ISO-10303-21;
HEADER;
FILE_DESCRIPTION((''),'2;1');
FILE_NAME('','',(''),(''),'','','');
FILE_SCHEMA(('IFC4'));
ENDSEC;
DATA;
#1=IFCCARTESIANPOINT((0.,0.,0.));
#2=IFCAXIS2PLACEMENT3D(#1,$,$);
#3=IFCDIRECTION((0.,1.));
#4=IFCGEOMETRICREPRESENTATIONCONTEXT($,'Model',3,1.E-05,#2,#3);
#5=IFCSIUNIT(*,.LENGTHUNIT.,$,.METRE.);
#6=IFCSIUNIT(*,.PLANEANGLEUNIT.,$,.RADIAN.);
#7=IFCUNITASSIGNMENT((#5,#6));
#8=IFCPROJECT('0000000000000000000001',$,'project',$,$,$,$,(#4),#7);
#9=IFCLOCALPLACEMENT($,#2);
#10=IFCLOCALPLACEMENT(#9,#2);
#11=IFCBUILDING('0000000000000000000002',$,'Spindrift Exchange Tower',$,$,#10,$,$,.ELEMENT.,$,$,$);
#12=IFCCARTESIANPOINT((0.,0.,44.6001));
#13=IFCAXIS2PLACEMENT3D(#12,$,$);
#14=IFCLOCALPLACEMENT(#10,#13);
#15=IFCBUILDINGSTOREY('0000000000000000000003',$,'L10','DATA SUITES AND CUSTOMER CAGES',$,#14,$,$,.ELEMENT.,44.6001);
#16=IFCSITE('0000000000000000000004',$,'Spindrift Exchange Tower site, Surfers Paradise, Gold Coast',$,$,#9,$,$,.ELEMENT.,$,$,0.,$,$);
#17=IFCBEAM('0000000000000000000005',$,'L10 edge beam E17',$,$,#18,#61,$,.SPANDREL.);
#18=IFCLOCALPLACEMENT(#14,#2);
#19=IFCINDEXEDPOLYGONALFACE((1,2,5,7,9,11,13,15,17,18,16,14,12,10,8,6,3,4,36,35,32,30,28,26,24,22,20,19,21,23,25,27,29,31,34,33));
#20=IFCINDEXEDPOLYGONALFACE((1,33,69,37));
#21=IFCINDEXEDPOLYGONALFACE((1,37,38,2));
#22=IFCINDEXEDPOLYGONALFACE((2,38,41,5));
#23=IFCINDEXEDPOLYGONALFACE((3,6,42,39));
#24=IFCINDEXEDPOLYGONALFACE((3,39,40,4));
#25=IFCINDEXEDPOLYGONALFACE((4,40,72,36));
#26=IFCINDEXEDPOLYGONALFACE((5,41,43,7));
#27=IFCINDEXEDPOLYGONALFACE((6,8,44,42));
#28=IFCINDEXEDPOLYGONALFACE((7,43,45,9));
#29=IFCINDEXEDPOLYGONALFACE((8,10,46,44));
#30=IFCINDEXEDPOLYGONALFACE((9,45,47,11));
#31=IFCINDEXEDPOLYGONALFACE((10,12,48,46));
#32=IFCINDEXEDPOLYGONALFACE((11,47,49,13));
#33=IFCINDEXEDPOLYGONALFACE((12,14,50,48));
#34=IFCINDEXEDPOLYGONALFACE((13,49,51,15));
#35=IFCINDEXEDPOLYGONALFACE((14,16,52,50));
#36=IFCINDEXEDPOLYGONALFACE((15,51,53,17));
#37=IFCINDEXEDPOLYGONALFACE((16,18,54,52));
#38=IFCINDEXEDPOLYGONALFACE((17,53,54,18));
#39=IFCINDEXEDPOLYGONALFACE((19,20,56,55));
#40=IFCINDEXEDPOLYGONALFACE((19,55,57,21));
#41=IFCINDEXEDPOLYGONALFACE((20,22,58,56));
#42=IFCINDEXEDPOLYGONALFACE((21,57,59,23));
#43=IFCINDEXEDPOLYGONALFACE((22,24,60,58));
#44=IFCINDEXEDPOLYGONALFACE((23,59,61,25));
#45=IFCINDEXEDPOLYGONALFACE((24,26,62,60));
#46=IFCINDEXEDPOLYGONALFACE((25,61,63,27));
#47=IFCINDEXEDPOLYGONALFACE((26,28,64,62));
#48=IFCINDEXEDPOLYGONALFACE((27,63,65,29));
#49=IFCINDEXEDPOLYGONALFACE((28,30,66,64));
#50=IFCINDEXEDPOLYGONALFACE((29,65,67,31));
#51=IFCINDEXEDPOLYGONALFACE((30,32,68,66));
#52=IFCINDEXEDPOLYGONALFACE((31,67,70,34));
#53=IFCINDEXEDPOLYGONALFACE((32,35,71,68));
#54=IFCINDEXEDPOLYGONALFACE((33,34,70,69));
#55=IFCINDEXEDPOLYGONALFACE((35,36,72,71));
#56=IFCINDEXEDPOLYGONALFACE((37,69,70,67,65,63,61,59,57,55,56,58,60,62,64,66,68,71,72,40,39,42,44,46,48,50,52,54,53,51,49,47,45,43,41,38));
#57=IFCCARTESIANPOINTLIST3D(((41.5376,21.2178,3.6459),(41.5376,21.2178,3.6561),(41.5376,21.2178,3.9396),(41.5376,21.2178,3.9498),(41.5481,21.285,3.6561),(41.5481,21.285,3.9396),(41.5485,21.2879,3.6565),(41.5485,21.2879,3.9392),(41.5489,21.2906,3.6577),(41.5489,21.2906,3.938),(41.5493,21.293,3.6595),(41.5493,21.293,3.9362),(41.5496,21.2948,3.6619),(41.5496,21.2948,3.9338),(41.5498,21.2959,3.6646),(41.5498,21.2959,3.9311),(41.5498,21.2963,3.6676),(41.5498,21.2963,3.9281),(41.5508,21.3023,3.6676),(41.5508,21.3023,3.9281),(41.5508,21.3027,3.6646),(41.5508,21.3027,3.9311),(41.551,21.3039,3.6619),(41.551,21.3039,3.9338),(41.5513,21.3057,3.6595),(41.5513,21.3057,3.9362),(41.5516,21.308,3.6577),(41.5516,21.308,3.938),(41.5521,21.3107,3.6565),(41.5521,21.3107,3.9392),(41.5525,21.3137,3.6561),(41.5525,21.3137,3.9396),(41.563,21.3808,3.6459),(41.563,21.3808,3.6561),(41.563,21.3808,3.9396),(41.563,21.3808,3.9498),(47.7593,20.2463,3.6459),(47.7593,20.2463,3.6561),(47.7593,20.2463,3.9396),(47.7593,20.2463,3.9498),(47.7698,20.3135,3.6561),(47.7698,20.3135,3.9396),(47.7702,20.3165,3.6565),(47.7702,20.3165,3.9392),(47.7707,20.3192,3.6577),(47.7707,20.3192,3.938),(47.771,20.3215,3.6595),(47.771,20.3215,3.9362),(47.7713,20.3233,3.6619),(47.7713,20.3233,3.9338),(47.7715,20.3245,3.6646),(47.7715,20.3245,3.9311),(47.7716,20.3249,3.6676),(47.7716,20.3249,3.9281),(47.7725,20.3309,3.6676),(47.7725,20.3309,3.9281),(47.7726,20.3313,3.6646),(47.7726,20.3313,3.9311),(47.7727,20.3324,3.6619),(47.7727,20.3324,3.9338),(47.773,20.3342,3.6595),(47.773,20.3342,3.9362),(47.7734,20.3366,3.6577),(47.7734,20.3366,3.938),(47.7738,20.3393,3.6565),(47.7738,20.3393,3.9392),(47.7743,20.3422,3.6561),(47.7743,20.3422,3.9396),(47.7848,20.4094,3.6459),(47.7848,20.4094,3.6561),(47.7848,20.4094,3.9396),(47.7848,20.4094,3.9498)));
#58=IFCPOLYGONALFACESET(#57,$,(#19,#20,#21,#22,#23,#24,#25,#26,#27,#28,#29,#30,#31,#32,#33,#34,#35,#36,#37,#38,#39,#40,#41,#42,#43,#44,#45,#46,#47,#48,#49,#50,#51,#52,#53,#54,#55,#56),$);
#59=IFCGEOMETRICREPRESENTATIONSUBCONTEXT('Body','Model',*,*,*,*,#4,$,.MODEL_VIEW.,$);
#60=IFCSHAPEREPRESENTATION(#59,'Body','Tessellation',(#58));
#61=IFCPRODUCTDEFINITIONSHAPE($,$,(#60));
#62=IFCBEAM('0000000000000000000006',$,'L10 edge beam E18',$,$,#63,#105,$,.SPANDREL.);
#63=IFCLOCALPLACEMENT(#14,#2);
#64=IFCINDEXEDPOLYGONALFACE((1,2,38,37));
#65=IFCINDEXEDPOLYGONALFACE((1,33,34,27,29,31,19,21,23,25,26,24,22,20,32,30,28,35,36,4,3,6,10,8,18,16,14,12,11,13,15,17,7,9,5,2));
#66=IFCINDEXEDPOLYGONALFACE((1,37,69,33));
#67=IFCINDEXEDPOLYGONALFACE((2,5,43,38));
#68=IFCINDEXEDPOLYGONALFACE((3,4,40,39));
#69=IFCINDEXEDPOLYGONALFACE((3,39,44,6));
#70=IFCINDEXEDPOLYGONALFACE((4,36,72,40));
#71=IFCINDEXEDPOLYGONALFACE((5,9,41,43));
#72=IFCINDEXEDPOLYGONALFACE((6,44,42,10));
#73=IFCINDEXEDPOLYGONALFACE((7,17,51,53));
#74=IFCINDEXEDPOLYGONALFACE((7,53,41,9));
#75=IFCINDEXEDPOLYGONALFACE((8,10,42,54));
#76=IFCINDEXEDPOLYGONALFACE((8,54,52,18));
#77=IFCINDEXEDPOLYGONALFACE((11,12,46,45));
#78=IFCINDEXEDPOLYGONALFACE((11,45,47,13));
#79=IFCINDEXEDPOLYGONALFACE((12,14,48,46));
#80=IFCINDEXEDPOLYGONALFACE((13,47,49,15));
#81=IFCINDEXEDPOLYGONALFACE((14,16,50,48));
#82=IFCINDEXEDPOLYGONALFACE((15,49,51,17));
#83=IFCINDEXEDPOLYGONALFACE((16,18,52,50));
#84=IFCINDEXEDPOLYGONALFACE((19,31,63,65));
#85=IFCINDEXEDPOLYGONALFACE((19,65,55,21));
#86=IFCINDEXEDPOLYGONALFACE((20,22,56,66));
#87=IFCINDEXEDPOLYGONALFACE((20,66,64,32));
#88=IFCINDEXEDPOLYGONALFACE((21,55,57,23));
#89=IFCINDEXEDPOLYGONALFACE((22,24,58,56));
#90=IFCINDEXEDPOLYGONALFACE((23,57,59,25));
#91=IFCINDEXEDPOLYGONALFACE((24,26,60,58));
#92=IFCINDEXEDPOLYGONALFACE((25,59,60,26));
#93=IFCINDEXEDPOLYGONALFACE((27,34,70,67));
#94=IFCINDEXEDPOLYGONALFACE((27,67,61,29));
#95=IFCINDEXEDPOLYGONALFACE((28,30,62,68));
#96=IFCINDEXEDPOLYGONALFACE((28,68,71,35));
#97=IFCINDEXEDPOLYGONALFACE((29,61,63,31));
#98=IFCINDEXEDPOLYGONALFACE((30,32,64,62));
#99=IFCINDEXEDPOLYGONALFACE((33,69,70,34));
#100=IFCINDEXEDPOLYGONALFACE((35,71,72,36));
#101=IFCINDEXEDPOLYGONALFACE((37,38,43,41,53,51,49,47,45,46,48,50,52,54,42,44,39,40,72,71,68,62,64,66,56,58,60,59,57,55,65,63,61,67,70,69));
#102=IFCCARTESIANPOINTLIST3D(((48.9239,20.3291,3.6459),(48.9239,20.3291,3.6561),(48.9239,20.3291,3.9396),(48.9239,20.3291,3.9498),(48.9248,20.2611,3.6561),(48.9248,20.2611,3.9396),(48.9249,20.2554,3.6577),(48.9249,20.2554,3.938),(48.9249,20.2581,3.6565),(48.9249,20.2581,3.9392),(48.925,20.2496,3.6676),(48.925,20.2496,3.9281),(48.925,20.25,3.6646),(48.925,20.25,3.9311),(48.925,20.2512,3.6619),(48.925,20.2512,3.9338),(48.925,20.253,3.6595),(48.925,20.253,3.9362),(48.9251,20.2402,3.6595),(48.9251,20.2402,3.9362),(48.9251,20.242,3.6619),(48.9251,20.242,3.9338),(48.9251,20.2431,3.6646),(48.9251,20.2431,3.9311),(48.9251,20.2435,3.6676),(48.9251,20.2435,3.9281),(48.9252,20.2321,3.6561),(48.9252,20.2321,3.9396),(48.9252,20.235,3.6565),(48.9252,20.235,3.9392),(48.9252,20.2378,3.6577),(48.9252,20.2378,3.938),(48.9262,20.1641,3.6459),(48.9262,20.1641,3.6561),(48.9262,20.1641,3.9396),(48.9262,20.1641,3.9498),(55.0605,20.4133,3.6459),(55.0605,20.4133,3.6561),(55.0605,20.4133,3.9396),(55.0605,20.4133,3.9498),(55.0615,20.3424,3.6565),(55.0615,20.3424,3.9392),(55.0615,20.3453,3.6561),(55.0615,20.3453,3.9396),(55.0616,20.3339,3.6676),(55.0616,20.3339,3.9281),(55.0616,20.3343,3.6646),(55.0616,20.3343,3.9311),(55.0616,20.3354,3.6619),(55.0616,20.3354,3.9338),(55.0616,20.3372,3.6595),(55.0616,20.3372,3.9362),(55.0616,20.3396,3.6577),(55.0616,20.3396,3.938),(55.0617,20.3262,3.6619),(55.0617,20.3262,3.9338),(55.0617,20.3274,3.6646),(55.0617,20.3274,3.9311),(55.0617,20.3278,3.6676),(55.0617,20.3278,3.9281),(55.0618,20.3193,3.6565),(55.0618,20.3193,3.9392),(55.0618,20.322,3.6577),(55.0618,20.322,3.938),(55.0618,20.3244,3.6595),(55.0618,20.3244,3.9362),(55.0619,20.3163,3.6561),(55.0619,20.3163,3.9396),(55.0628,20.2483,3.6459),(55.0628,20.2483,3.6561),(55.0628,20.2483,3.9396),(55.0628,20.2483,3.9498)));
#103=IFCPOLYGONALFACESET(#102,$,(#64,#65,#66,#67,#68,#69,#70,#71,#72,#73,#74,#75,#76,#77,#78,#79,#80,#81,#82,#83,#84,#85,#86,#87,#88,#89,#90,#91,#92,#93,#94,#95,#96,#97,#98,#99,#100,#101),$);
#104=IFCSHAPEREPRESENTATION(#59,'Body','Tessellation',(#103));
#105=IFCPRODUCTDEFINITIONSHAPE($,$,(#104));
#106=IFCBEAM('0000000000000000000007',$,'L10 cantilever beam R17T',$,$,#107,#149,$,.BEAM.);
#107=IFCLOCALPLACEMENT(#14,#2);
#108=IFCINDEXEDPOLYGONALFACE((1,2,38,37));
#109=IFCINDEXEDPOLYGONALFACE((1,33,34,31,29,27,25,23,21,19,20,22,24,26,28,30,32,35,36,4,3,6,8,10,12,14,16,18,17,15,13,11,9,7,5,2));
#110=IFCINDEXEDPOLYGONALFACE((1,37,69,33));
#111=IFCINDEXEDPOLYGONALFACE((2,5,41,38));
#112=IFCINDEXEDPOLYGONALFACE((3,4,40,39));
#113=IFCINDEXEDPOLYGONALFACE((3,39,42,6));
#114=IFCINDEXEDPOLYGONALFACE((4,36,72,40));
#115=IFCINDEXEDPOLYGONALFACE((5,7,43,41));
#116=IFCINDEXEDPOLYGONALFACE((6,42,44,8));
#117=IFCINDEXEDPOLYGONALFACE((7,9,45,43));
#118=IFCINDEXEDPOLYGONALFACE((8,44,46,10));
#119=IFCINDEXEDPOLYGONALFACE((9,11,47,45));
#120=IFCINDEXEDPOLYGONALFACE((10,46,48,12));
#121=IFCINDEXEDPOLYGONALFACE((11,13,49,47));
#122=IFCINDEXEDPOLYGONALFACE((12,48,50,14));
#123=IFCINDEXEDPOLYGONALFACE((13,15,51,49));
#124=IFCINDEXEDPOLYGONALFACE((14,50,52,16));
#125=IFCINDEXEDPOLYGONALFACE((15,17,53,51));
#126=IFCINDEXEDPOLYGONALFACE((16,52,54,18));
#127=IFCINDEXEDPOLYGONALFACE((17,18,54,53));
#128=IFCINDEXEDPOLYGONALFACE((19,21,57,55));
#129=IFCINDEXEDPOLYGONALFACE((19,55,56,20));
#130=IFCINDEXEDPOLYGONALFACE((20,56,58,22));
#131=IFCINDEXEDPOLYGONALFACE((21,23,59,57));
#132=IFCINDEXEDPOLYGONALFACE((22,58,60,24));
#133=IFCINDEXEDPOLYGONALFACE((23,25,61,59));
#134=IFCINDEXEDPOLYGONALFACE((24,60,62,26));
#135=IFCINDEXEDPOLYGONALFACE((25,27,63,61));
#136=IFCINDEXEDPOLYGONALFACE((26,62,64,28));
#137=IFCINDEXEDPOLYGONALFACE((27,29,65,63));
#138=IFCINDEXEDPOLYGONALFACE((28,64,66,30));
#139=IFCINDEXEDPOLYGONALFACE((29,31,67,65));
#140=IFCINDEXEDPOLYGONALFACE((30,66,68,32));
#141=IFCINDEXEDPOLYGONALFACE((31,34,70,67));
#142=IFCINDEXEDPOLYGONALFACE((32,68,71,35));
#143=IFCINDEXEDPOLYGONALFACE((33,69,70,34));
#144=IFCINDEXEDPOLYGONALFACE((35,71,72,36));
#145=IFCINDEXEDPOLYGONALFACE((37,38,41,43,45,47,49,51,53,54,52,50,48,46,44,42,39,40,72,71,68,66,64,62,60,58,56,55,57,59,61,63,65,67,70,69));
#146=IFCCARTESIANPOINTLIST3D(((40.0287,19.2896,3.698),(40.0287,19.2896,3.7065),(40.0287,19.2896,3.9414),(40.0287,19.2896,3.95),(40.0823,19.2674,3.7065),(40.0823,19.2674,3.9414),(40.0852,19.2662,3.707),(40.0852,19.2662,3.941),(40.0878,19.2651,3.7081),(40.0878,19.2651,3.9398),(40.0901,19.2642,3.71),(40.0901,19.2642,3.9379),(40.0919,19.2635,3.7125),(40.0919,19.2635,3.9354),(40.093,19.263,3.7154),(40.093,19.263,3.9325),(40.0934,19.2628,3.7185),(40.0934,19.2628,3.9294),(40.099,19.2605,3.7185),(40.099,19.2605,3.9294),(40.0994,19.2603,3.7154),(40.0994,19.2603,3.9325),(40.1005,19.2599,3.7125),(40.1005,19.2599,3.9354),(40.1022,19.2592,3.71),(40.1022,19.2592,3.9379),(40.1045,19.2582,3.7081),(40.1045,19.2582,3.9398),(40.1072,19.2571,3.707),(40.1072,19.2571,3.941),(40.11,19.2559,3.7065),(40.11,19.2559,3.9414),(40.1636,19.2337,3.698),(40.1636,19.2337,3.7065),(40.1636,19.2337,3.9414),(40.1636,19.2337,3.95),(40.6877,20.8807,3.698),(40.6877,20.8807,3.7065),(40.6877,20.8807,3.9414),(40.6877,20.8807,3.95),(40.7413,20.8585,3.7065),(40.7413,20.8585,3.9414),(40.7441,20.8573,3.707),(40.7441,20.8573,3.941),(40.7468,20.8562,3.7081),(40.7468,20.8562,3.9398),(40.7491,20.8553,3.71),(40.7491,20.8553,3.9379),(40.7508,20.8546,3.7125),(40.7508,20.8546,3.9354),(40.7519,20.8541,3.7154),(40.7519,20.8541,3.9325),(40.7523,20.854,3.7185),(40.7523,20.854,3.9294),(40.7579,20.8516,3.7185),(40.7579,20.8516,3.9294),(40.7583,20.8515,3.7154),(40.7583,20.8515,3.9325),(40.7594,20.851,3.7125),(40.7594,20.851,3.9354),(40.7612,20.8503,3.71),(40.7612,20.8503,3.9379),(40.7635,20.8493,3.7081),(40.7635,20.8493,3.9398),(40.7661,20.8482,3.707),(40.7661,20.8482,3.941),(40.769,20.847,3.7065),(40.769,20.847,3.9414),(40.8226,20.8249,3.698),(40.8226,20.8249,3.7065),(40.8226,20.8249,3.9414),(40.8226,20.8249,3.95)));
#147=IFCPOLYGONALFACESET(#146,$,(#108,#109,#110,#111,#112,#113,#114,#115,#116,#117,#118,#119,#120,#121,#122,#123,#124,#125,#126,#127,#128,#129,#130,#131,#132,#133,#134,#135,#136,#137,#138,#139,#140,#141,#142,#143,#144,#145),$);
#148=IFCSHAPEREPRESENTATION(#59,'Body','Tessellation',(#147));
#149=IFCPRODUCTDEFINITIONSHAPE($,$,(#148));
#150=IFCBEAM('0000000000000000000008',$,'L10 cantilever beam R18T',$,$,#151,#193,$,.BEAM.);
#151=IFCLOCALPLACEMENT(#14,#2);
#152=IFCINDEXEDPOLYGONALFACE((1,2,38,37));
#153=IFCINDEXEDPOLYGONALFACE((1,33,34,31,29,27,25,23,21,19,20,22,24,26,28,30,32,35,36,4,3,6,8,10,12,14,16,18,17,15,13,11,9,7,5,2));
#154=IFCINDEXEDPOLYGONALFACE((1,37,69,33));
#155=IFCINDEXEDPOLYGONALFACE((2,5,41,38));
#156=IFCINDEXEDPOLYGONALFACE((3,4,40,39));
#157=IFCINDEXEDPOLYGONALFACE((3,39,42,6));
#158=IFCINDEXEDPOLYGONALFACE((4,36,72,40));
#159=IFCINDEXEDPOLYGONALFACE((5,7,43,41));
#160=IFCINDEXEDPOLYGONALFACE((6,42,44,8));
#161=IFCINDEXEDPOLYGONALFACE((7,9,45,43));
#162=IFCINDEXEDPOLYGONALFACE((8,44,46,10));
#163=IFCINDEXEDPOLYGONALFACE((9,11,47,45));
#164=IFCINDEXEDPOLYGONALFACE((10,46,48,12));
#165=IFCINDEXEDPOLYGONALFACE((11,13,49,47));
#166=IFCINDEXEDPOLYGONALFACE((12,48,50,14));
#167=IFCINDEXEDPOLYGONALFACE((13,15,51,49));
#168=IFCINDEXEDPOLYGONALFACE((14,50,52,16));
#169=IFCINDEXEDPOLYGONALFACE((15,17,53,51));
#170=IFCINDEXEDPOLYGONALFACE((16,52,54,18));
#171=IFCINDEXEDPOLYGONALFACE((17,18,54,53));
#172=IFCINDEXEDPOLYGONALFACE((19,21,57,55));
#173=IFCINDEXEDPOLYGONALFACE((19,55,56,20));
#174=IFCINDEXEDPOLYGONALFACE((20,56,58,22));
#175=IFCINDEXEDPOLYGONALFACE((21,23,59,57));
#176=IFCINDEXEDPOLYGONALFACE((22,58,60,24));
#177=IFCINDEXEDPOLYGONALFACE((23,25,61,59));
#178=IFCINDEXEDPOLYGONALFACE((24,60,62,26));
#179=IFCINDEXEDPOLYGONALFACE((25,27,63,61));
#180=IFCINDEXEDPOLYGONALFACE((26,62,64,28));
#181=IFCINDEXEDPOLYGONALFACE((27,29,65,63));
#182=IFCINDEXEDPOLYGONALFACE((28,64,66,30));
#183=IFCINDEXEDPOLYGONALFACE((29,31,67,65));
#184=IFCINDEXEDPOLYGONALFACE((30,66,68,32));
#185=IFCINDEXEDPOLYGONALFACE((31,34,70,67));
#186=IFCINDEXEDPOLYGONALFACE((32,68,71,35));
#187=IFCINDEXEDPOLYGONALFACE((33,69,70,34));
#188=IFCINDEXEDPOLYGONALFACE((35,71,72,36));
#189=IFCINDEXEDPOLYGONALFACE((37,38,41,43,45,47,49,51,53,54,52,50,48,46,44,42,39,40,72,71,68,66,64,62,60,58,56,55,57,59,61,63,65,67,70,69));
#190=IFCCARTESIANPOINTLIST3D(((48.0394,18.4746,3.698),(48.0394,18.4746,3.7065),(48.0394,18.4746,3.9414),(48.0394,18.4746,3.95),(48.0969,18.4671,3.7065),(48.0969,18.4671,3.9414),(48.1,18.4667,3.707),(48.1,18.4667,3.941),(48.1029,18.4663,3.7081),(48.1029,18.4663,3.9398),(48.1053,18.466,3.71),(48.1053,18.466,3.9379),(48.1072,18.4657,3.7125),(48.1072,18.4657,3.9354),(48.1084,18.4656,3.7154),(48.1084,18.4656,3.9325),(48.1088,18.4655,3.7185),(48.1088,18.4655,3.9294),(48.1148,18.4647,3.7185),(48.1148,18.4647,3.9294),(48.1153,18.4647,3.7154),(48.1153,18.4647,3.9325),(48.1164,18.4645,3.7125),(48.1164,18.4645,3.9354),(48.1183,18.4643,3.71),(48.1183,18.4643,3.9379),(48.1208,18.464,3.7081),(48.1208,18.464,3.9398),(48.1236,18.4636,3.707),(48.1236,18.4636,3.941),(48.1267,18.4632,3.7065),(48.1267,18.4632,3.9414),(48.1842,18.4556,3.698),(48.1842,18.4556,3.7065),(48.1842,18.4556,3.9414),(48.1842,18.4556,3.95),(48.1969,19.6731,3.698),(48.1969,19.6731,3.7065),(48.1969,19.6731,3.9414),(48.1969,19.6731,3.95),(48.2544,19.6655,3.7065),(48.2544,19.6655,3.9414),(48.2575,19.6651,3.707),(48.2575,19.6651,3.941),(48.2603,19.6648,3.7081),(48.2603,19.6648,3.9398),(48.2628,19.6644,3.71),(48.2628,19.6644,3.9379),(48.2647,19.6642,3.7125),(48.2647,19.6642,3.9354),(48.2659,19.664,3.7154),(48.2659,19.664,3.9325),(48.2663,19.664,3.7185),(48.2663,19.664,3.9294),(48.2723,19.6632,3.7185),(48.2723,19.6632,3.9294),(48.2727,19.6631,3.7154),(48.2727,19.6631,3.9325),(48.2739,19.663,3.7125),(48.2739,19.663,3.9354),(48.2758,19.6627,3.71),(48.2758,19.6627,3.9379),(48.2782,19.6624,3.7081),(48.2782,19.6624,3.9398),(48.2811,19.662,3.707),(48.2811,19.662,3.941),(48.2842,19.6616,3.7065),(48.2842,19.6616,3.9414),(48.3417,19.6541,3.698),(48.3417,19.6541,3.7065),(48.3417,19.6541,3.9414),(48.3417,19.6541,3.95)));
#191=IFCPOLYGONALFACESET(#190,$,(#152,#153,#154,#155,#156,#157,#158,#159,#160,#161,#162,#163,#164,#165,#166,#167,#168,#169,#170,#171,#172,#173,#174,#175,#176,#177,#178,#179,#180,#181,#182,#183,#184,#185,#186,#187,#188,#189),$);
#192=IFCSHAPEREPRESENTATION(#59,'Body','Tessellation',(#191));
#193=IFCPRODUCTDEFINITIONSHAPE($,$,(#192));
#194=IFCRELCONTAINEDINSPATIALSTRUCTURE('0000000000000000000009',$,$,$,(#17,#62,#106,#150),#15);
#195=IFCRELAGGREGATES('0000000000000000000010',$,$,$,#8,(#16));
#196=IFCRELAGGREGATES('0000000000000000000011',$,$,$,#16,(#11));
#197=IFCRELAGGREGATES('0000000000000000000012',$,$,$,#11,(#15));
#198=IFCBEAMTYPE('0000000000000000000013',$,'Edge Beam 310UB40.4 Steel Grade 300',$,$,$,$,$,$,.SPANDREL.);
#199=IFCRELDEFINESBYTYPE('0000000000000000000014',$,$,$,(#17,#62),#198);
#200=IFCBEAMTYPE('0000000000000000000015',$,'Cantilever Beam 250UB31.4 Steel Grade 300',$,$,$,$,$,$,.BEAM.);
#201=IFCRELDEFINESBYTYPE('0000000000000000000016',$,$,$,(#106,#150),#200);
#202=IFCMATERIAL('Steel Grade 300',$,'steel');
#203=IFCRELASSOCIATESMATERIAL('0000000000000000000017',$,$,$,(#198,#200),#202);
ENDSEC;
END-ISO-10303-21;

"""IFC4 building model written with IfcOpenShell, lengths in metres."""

from ifc_helpers import new_model, si_unit, direction, frame, origin, origin_2d, place, context, subcontext, project, spatial, i_section, extrude, source, transform, mapped, material, material_profile, profile_set, type_object, element, save


model = new_model("IFC4")

# Units and contexts
model_context = context("Model", 3, precision=1e-05, world=origin(), true_north=direction((0.0, 1.0)))
body_context = subcontext(model_context, "Body", "Model", "MODEL_VIEW")
ifc_project = project(units=[si_unit("LENGTHUNIT", "METRE"), si_unit("PLANEANGLEUNIT", "RADIAN")], contexts=[model_context])

# Site, building, storey
site_placement = place(None, origin())
site = spatial("IfcSite", under=ifc_project, at=site_placement, Name="Spindrift Exchange Tower site, Surfers Paradise, Gold Coast", CompositionType="ELEMENT", RefElevation=0.0)
building_placement = place(site_placement, origin())
building = spatial("IfcBuilding", under=site, at=building_placement, Name="Spindrift Exchange Tower", CompositionType="ELEMENT")
storey_placement = place(building_placement, frame((0.0, 0.0, 44.6001)))
storey = spatial("IfcBuildingStorey", under=building, at=storey_placement, Name="L10", Description="DATA SUITES AND CUSTOMER CAGES", CompositionType="ELEMENT", Elevation=44.6001)

# Beams
ifc_material_1 = material(Name="Steel Grade 300", Category="steel")
ifc_material_profile_1 = material_profile(ifc_material_1, i_section(OverallWidth=0.165, OverallDepth=0.304, WebThickness=0.0061, FlangeThickness=0.0103, FilletRadius=0.0115, at=origin_2d()), Name="310UB40.4")
ifc_profile_set_1 = profile_set([ifc_material_profile_1], Name="Steel Grade 300")
beam_type_1 = type_object("IfcBeamType", Name="Edge Beam 310UB40.4 Steel Grade 300", PredefinedType="SPANDREL", material=ifc_profile_set_1)
shared_shape_1 = source(origin(), body_context, "Body", "SweptSolid", [
    extrude(i_section(OverallWidth=0.165, OverallDepth=0.304, WebThickness=0.0061, FlangeThickness=0.0103, FilletRadius=0.0115, at=origin_2d()), origin(), (0.0, 0.0, 1.0), 6.2971),
])
beam_1_placement = place(storey_placement, frame((41.5503, 21.2993, 3.7979), z_axis=(0.988029, -0.154268, 0.0), x_axis=(0.154268, 0.988029, 0.0)))
element("IfcBeam", 1, at=beam_1_placement, inside=storey, type_object=beam_type_1, Name="L10 edge beam E17", PredefinedType="SPANDREL", context=body_context, shape_type="MappedRepresentation", body=[
    mapped(shared_shape_1, transform((0.0, 0.0, 0.0), scale=1.0)),
])
shared_shape_2 = source(origin(), body_context, "Body", "SweptSolid", [
    extrude(i_section(OverallWidth=0.165, OverallDepth=0.304, WebThickness=0.0061, FlangeThickness=0.0103, FilletRadius=0.0115, at=origin_2d()), origin(), (0.0, 0.0, 1.0), 6.1372),
])
beam_2_placement = place(storey_placement, frame((48.925, 20.2466, 3.7979), z_axis=(0.999906, 0.013724, 0.0), x_axis=(-0.013724, 0.999906, 0.0)))
element("IfcBeam", 2, at=beam_2_placement, inside=storey, type_object=beam_type_1, Name="L10 edge beam E18", PredefinedType="SPANDREL", context=body_context, shape_type="MappedRepresentation", body=[
    mapped(shared_shape_2, transform((0.0, 0.0, 0.0), scale=1.0)),
])
ifc_material_profile_2 = material_profile(ifc_material_1, i_section(OverallWidth=0.146, OverallDepth=0.252, WebThickness=0.0061, FlangeThickness=0.0085, FilletRadius=0.012, at=origin_2d()), Name="250UB31.4")
ifc_profile_set_2 = profile_set([ifc_material_profile_2], Name="Steel Grade 300")
beam_type_2 = type_object("IfcBeamType", Name="Cantilever Beam 250UB31.4 Steel Grade 300", PredefinedType="BEAM", material=ifc_profile_set_2)
shared_shape_3 = source(origin(), body_context, "Body", "SweptSolid", [
    extrude(i_section(OverallWidth=0.146, OverallDepth=0.252, WebThickness=0.0061, FlangeThickness=0.0085, FilletRadius=0.012, at=origin_2d()), origin(), (0.0, 0.0, 1.0), 1.7222),
])
beam_3_placement = place(storey_placement, frame((40.7551, 20.8528, 3.824), z_axis=(-0.382631, -0.923901, 0.0), x_axis=(0.923901, -0.382631, 0.0)))
element("IfcBeam", 3, at=beam_3_placement, inside=storey, type_object=beam_type_2, Name="L10 cantilever beam R17T", PredefinedType="BEAM", context=body_context, shape_type="MappedRepresentation", body=[
    mapped(shared_shape_3, transform((0.0, 0.0, 0.0), scale=1.0)),
])
shared_shape_4 = source(origin(), body_context, "Body", "SweptSolid", [
    extrude(i_section(OverallWidth=0.146, OverallDepth=0.252, WebThickness=0.0061, FlangeThickness=0.0085, FilletRadius=0.012, at=origin_2d()), origin(), (0.0, 0.0, 1.0), 1.2087),
])
beam_4_placement = place(storey_placement, frame((48.2693, 19.6636, 3.824), z_axis=(-0.130272, -0.991478, 0.0), x_axis=(0.991478, -0.130272, 0.0)))
element("IfcBeam", 4, at=beam_4_placement, inside=storey, type_object=beam_type_2, Name="L10 cantilever beam R18T", PredefinedType="BEAM", context=body_context, shape_type="MappedRepresentation", body=[
    mapped(shared_shape_4, transform((0.0, 0.0, 0.0), scale=1.0)),
])

save(model, "model.ifc")
